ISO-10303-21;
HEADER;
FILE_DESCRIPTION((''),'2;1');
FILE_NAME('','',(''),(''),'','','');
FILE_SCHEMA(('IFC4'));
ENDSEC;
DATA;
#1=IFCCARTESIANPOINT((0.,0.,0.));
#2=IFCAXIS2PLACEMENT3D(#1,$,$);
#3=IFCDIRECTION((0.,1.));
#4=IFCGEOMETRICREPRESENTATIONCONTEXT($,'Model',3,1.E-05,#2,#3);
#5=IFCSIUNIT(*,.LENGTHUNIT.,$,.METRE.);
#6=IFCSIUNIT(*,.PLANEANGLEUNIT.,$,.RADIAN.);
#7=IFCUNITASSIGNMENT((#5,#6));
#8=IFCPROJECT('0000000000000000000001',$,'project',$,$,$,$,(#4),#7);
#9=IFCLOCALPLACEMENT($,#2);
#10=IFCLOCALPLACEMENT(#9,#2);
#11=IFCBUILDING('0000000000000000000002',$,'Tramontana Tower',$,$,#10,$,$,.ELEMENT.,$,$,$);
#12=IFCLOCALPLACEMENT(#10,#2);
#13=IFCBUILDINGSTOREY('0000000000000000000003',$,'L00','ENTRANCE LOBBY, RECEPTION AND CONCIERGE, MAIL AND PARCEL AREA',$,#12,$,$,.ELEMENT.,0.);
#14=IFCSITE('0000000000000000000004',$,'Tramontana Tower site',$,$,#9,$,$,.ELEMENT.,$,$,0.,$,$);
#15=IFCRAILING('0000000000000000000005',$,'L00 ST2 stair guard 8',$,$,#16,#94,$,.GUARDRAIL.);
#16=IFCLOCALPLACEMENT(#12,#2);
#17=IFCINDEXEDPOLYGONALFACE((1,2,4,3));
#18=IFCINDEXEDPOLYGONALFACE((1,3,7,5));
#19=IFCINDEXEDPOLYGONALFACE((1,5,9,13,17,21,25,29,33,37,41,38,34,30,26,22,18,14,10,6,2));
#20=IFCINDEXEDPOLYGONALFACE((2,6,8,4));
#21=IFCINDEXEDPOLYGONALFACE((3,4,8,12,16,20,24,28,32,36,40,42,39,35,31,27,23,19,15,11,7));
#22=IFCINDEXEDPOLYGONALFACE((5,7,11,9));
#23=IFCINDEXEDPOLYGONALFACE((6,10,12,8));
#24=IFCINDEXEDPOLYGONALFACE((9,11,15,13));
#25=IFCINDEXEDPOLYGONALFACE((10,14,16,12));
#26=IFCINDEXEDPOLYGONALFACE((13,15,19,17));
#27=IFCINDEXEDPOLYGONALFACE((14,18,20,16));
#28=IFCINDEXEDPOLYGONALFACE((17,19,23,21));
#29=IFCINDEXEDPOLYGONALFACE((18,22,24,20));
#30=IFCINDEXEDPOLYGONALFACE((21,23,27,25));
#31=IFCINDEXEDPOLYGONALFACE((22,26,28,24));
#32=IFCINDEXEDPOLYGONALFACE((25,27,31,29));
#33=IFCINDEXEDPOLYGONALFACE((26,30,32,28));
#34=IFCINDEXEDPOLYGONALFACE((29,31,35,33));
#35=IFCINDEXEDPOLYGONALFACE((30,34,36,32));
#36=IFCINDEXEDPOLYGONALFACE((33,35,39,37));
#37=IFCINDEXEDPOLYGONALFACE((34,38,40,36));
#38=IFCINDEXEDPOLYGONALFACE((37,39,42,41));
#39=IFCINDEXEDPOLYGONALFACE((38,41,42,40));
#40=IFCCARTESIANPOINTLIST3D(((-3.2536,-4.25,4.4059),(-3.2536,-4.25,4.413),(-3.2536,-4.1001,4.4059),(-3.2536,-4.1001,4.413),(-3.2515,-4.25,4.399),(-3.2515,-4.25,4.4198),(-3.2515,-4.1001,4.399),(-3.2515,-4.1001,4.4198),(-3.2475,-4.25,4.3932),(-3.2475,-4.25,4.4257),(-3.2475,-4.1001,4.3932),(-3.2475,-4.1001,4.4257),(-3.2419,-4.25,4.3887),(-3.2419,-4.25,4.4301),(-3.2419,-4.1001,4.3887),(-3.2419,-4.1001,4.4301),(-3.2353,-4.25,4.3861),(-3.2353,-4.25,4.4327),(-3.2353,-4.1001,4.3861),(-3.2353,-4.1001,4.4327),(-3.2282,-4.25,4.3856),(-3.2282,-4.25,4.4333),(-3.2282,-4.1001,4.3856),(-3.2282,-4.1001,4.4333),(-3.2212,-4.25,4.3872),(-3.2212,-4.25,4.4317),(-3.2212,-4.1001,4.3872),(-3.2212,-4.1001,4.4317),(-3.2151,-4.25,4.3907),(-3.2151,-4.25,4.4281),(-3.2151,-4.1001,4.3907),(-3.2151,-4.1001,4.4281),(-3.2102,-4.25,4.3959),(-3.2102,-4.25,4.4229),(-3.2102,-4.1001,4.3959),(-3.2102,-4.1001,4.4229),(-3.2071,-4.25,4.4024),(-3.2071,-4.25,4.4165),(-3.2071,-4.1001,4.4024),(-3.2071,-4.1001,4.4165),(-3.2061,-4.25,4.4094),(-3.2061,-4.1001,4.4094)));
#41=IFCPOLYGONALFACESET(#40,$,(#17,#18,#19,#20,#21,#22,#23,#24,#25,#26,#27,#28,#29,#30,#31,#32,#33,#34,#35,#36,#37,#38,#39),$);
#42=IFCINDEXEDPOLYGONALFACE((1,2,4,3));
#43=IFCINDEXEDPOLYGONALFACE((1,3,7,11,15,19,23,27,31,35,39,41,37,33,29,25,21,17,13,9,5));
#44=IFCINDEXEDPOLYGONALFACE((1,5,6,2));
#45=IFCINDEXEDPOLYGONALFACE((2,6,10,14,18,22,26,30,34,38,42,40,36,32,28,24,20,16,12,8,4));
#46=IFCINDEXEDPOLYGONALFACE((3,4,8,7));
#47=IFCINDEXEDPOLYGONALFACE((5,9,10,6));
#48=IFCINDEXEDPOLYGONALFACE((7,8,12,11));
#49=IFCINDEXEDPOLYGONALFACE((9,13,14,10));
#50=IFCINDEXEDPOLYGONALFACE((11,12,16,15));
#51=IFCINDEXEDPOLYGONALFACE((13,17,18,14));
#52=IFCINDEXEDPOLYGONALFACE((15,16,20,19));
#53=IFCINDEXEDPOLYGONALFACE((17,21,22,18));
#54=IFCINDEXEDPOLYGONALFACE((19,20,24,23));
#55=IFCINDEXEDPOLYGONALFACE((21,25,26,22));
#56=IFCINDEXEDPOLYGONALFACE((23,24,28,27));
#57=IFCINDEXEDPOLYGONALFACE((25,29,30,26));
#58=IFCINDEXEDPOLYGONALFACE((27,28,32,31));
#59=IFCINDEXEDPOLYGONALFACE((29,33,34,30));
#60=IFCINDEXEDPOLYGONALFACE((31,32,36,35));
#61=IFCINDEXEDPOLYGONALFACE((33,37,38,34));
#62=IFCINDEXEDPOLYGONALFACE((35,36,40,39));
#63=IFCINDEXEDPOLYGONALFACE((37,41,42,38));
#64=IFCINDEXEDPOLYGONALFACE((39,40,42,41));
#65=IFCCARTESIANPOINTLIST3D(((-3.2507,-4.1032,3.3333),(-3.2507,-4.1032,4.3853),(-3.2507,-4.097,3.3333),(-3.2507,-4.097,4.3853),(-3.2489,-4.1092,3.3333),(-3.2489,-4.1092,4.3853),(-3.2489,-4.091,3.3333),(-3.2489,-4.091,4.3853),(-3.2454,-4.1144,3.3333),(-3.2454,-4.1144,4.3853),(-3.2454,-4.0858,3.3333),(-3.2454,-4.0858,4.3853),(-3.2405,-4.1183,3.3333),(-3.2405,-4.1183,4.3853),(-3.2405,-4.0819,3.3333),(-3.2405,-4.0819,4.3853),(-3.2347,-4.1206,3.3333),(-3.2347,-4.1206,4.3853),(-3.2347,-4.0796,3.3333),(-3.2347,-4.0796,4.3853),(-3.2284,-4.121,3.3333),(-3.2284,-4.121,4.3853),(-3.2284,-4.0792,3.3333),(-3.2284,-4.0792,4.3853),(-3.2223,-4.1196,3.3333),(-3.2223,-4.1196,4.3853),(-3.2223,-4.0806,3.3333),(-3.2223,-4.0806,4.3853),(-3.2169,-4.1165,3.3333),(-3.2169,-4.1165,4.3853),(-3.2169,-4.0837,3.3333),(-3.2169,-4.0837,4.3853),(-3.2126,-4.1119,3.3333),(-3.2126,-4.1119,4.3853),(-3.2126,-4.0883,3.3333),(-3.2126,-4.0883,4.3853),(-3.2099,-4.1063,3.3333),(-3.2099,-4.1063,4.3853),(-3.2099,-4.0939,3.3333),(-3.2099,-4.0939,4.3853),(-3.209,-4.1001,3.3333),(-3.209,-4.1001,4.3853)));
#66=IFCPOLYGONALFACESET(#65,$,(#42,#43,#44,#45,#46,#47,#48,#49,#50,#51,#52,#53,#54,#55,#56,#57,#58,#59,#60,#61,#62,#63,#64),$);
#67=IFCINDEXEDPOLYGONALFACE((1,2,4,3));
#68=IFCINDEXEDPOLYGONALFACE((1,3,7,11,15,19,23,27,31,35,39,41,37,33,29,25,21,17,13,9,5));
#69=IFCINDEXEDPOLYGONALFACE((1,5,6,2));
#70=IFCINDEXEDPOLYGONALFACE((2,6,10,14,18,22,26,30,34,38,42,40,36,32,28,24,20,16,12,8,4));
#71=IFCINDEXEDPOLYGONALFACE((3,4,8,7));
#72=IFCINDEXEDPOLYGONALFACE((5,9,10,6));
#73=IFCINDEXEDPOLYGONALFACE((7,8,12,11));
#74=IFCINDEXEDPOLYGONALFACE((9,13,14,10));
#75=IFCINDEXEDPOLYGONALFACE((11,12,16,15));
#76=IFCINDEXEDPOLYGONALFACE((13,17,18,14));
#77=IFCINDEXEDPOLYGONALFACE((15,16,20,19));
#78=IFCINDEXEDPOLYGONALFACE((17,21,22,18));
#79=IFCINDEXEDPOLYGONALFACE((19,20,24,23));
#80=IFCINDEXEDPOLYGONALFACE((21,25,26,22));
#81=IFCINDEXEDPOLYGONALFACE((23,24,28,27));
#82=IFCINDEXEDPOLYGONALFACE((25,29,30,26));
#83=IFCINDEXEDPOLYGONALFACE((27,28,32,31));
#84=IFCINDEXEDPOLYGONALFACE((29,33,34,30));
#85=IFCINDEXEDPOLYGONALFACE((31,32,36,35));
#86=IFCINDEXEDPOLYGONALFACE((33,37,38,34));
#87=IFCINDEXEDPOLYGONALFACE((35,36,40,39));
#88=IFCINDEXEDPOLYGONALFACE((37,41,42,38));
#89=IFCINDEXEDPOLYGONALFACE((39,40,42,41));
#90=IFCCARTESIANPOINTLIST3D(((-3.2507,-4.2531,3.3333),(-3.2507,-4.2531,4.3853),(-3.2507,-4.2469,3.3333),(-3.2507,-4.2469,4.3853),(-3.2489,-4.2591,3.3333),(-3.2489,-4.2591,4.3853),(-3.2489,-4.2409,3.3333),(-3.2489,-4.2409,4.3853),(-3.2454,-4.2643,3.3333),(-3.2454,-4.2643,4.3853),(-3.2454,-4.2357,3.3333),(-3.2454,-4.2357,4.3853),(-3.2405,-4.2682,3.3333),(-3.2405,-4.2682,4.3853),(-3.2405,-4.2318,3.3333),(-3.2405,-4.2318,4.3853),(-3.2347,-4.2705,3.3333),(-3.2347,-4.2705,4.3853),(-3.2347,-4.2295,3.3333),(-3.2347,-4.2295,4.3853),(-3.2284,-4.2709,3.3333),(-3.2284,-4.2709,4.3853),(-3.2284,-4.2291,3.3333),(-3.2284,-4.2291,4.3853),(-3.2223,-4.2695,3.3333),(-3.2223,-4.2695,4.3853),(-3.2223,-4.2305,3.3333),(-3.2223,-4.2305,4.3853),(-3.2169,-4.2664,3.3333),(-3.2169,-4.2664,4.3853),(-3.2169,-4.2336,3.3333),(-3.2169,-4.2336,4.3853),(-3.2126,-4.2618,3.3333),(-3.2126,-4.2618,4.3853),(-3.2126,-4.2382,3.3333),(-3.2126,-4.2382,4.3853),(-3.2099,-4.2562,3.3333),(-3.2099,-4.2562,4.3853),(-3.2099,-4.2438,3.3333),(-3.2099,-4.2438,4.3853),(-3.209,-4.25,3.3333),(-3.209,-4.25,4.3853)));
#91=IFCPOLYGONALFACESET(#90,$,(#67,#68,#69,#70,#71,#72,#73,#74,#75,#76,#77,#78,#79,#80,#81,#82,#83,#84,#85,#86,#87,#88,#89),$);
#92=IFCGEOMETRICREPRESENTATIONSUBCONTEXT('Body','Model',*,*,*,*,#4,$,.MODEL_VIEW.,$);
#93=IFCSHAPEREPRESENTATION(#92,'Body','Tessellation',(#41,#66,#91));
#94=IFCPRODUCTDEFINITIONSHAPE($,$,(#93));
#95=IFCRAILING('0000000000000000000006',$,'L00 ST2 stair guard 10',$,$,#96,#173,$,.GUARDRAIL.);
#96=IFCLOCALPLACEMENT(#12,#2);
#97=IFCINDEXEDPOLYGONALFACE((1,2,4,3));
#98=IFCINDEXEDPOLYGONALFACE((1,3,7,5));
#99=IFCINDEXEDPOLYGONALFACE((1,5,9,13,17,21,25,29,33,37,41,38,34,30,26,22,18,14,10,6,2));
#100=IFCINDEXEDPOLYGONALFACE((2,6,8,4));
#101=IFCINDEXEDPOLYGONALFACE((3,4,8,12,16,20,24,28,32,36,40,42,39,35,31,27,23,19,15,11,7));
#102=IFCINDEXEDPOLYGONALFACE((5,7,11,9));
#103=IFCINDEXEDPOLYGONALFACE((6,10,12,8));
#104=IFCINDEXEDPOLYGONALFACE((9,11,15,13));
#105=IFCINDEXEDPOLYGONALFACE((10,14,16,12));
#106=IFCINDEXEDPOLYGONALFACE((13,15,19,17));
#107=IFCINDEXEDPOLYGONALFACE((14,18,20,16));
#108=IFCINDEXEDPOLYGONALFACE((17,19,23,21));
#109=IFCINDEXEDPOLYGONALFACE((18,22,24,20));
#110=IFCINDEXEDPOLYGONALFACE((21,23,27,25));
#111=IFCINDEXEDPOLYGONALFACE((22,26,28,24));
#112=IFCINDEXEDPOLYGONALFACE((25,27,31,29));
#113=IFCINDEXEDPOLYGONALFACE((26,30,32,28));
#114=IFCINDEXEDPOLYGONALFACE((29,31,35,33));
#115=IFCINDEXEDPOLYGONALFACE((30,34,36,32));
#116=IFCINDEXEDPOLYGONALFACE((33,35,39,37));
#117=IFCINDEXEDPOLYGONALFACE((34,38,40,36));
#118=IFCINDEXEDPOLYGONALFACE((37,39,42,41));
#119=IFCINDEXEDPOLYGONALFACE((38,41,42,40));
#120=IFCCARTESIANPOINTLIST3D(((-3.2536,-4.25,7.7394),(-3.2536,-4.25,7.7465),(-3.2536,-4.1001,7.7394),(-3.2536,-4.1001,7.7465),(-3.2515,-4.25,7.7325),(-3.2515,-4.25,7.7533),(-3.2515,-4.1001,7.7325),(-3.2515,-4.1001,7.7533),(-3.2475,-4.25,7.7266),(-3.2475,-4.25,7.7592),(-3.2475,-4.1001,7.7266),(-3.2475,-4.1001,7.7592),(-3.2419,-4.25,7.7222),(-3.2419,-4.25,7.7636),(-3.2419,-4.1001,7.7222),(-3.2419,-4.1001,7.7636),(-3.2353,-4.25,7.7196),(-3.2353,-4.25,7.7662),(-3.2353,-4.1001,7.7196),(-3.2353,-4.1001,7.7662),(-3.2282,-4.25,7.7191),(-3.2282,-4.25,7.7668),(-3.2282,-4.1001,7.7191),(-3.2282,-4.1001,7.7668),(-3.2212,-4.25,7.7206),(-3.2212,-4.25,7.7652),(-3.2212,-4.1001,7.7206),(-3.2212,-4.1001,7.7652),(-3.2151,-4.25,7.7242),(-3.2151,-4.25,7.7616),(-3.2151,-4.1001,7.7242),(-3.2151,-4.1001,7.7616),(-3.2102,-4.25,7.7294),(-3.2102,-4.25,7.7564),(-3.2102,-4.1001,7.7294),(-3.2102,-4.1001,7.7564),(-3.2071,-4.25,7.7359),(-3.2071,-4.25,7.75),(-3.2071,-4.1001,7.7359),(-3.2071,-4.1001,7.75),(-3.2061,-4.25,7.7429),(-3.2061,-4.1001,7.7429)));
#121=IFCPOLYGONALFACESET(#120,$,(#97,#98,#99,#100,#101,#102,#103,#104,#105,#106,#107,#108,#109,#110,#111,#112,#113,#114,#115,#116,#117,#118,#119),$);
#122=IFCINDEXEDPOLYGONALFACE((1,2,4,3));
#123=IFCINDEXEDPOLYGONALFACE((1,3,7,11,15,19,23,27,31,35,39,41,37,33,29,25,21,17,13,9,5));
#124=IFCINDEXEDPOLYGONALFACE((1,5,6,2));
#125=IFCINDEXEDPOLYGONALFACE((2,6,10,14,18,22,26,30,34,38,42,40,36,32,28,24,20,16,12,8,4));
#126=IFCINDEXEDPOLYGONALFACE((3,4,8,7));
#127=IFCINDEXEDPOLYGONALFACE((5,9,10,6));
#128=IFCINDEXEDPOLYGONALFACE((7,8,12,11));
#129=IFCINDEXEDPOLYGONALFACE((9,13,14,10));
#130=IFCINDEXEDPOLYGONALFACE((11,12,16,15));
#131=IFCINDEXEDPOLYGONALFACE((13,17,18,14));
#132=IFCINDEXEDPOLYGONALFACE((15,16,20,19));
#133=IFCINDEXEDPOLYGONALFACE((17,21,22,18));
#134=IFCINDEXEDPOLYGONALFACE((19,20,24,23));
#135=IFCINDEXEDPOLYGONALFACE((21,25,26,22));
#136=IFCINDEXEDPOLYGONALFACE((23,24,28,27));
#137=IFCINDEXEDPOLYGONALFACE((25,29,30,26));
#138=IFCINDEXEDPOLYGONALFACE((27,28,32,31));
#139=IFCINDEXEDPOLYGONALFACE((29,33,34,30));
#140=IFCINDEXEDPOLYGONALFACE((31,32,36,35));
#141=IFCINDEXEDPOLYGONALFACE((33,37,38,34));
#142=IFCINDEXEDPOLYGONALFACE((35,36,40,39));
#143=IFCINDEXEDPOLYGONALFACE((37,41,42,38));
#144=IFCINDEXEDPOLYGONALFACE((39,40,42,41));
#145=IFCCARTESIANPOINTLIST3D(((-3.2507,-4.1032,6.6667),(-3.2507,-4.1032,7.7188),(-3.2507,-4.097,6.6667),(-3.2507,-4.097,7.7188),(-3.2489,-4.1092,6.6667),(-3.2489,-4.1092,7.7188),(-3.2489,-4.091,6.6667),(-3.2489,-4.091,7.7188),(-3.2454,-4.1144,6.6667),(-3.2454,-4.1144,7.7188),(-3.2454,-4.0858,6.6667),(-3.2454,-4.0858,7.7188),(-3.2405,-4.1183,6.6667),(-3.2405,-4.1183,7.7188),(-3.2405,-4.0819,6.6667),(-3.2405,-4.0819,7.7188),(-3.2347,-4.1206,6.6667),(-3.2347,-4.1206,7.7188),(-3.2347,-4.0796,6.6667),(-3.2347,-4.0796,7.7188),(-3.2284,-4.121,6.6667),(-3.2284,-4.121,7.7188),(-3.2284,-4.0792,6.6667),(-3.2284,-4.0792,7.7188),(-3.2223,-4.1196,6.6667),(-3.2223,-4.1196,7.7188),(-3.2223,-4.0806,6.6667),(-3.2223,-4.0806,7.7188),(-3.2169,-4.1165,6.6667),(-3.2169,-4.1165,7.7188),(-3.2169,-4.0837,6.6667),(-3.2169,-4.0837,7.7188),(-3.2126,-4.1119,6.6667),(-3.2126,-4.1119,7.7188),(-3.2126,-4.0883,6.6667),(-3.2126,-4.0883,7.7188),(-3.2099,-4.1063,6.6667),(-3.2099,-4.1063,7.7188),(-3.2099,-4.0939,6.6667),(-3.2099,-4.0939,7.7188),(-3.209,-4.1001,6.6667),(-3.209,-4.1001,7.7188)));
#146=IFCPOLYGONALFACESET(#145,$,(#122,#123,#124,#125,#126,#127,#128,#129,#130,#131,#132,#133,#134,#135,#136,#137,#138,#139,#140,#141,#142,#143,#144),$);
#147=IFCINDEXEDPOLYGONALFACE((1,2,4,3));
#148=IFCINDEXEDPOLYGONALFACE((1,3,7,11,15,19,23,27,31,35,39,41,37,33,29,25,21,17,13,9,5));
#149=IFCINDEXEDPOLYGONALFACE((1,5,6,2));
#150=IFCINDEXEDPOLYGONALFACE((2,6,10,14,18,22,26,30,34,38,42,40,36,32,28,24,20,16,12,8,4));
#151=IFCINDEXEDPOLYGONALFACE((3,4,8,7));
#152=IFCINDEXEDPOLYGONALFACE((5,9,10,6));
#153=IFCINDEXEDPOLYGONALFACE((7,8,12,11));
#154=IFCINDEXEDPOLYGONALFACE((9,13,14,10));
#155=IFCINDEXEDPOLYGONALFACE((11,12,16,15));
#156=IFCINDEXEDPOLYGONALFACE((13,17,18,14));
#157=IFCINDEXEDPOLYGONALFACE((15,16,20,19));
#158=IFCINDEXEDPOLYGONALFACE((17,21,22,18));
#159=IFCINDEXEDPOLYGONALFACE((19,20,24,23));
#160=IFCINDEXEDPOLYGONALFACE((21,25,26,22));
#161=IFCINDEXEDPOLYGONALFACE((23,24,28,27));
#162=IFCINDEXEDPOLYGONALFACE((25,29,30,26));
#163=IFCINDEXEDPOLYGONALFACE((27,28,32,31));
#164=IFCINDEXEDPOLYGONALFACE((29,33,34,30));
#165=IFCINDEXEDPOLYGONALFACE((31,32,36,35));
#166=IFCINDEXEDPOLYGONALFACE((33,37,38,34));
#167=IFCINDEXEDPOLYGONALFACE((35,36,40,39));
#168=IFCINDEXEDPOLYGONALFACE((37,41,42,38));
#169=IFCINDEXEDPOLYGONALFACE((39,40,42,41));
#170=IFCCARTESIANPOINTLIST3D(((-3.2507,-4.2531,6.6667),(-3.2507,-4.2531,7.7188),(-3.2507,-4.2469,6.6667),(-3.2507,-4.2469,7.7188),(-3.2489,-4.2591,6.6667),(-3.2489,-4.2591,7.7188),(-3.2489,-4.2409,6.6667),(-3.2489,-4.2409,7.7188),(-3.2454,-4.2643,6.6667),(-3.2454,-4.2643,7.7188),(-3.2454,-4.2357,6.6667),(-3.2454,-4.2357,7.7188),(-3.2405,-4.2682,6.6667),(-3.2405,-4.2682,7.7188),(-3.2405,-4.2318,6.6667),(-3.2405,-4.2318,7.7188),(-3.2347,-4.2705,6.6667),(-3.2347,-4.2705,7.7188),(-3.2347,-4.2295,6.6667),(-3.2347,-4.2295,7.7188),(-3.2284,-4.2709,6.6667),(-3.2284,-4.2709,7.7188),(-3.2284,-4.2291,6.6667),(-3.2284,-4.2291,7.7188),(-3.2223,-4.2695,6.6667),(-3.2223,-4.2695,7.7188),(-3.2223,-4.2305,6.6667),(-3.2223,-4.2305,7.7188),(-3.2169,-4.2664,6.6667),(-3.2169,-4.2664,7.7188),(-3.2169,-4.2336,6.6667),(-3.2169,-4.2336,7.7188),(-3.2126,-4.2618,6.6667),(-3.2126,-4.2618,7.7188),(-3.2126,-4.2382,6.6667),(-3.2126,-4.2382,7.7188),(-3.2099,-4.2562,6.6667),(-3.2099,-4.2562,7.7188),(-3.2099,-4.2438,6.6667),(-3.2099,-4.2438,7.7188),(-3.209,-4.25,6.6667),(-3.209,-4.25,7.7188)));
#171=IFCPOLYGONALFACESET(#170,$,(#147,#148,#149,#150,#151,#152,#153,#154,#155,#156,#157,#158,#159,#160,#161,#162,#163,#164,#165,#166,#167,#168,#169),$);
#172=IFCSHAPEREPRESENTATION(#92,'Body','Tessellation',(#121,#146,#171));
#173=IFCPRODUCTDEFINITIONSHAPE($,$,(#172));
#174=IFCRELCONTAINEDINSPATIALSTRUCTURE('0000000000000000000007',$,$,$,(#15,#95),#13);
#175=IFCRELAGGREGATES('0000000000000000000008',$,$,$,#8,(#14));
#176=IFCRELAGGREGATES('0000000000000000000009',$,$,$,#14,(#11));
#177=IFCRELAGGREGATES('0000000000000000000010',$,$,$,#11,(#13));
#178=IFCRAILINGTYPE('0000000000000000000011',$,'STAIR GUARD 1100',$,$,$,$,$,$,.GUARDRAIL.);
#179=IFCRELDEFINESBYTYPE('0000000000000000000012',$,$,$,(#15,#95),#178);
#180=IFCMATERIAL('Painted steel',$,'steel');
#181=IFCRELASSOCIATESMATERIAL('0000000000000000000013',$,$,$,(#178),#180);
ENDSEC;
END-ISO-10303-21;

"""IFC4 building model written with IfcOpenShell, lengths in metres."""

from ifc_helpers import new_model, si_unit, direction, frame, origin, origin_2d, place, context, subcontext, project, spatial, circle, extrude, material, type_object, element, save


model = new_model("IFC4")

# Units and contexts
model_context = context("Model", 3, precision=1e-05, world=origin(), true_north=direction((0.0, 1.0)))
body_context = subcontext(model_context, "Body", "Model", "MODEL_VIEW")
ifc_project = project(units=[si_unit("LENGTHUNIT", "METRE"), si_unit("PLANEANGLEUNIT", "RADIAN")], contexts=[model_context])

# Site, building, storey
site_placement = place(None, origin())
site = spatial("IfcSite", under=ifc_project, at=site_placement, Name="Tramontana Tower site", CompositionType="ELEMENT", RefElevation=0.0)
building_placement = place(site_placement, origin())
building = spatial("IfcBuilding", under=site, at=building_placement, Name="Tramontana Tower", CompositionType="ELEMENT")
storey_placement = place(building_placement, origin())
storey = spatial("IfcBuildingStorey", under=building, at=storey_placement, Name="L00", Description="ENTRANCE LOBBY, RECEPTION AND CONCIERGE, MAIL AND PARCEL AREA", CompositionType="ELEMENT", Elevation=0.0)

# Railings
ifc_material_1 = material(Name="Painted steel", Category="steel")
railing_type_1 = type_object("IfcRailingType", Name="STAIR GUARD 1100", PredefinedType="GUARDRAIL", material=ifc_material_1)
for number, where, name in (
    (1, (-3.23, -4.1001, 3.3333), "L00 ST2 stair guard 8"),
    (2, (-3.23, -4.1001, 6.6667), "L00 ST2 stair guard 10"),
):
    element("IfcRailing", number, at=place(storey_placement, frame(where)), inside=storey, type_object=railing_type_1, Name=name, PredefinedType="GUARDRAIL", context=body_context, shape_type="SweptSolid", body=[
        extrude(circle(Radius=0.0239, at=origin_2d()), frame((0.0, 0.0, 1.0762), z_axis=(0.0, -1.0, 0.0), x_axis=(1.0, 0.0, 0.0)), (0.0, 0.0, 1.0), 0.1499),
        extrude(circle(Radius=0.021, at=origin_2d()), origin(), (0.0, 0.0, 1.0), 1.052),
        extrude(circle(Radius=0.021, at=origin_2d()), frame((0.0, -0.1499, 0.0)), (0.0, 0.0, 1.0), 1.052),
    ])

save(model, "model.ifc")
